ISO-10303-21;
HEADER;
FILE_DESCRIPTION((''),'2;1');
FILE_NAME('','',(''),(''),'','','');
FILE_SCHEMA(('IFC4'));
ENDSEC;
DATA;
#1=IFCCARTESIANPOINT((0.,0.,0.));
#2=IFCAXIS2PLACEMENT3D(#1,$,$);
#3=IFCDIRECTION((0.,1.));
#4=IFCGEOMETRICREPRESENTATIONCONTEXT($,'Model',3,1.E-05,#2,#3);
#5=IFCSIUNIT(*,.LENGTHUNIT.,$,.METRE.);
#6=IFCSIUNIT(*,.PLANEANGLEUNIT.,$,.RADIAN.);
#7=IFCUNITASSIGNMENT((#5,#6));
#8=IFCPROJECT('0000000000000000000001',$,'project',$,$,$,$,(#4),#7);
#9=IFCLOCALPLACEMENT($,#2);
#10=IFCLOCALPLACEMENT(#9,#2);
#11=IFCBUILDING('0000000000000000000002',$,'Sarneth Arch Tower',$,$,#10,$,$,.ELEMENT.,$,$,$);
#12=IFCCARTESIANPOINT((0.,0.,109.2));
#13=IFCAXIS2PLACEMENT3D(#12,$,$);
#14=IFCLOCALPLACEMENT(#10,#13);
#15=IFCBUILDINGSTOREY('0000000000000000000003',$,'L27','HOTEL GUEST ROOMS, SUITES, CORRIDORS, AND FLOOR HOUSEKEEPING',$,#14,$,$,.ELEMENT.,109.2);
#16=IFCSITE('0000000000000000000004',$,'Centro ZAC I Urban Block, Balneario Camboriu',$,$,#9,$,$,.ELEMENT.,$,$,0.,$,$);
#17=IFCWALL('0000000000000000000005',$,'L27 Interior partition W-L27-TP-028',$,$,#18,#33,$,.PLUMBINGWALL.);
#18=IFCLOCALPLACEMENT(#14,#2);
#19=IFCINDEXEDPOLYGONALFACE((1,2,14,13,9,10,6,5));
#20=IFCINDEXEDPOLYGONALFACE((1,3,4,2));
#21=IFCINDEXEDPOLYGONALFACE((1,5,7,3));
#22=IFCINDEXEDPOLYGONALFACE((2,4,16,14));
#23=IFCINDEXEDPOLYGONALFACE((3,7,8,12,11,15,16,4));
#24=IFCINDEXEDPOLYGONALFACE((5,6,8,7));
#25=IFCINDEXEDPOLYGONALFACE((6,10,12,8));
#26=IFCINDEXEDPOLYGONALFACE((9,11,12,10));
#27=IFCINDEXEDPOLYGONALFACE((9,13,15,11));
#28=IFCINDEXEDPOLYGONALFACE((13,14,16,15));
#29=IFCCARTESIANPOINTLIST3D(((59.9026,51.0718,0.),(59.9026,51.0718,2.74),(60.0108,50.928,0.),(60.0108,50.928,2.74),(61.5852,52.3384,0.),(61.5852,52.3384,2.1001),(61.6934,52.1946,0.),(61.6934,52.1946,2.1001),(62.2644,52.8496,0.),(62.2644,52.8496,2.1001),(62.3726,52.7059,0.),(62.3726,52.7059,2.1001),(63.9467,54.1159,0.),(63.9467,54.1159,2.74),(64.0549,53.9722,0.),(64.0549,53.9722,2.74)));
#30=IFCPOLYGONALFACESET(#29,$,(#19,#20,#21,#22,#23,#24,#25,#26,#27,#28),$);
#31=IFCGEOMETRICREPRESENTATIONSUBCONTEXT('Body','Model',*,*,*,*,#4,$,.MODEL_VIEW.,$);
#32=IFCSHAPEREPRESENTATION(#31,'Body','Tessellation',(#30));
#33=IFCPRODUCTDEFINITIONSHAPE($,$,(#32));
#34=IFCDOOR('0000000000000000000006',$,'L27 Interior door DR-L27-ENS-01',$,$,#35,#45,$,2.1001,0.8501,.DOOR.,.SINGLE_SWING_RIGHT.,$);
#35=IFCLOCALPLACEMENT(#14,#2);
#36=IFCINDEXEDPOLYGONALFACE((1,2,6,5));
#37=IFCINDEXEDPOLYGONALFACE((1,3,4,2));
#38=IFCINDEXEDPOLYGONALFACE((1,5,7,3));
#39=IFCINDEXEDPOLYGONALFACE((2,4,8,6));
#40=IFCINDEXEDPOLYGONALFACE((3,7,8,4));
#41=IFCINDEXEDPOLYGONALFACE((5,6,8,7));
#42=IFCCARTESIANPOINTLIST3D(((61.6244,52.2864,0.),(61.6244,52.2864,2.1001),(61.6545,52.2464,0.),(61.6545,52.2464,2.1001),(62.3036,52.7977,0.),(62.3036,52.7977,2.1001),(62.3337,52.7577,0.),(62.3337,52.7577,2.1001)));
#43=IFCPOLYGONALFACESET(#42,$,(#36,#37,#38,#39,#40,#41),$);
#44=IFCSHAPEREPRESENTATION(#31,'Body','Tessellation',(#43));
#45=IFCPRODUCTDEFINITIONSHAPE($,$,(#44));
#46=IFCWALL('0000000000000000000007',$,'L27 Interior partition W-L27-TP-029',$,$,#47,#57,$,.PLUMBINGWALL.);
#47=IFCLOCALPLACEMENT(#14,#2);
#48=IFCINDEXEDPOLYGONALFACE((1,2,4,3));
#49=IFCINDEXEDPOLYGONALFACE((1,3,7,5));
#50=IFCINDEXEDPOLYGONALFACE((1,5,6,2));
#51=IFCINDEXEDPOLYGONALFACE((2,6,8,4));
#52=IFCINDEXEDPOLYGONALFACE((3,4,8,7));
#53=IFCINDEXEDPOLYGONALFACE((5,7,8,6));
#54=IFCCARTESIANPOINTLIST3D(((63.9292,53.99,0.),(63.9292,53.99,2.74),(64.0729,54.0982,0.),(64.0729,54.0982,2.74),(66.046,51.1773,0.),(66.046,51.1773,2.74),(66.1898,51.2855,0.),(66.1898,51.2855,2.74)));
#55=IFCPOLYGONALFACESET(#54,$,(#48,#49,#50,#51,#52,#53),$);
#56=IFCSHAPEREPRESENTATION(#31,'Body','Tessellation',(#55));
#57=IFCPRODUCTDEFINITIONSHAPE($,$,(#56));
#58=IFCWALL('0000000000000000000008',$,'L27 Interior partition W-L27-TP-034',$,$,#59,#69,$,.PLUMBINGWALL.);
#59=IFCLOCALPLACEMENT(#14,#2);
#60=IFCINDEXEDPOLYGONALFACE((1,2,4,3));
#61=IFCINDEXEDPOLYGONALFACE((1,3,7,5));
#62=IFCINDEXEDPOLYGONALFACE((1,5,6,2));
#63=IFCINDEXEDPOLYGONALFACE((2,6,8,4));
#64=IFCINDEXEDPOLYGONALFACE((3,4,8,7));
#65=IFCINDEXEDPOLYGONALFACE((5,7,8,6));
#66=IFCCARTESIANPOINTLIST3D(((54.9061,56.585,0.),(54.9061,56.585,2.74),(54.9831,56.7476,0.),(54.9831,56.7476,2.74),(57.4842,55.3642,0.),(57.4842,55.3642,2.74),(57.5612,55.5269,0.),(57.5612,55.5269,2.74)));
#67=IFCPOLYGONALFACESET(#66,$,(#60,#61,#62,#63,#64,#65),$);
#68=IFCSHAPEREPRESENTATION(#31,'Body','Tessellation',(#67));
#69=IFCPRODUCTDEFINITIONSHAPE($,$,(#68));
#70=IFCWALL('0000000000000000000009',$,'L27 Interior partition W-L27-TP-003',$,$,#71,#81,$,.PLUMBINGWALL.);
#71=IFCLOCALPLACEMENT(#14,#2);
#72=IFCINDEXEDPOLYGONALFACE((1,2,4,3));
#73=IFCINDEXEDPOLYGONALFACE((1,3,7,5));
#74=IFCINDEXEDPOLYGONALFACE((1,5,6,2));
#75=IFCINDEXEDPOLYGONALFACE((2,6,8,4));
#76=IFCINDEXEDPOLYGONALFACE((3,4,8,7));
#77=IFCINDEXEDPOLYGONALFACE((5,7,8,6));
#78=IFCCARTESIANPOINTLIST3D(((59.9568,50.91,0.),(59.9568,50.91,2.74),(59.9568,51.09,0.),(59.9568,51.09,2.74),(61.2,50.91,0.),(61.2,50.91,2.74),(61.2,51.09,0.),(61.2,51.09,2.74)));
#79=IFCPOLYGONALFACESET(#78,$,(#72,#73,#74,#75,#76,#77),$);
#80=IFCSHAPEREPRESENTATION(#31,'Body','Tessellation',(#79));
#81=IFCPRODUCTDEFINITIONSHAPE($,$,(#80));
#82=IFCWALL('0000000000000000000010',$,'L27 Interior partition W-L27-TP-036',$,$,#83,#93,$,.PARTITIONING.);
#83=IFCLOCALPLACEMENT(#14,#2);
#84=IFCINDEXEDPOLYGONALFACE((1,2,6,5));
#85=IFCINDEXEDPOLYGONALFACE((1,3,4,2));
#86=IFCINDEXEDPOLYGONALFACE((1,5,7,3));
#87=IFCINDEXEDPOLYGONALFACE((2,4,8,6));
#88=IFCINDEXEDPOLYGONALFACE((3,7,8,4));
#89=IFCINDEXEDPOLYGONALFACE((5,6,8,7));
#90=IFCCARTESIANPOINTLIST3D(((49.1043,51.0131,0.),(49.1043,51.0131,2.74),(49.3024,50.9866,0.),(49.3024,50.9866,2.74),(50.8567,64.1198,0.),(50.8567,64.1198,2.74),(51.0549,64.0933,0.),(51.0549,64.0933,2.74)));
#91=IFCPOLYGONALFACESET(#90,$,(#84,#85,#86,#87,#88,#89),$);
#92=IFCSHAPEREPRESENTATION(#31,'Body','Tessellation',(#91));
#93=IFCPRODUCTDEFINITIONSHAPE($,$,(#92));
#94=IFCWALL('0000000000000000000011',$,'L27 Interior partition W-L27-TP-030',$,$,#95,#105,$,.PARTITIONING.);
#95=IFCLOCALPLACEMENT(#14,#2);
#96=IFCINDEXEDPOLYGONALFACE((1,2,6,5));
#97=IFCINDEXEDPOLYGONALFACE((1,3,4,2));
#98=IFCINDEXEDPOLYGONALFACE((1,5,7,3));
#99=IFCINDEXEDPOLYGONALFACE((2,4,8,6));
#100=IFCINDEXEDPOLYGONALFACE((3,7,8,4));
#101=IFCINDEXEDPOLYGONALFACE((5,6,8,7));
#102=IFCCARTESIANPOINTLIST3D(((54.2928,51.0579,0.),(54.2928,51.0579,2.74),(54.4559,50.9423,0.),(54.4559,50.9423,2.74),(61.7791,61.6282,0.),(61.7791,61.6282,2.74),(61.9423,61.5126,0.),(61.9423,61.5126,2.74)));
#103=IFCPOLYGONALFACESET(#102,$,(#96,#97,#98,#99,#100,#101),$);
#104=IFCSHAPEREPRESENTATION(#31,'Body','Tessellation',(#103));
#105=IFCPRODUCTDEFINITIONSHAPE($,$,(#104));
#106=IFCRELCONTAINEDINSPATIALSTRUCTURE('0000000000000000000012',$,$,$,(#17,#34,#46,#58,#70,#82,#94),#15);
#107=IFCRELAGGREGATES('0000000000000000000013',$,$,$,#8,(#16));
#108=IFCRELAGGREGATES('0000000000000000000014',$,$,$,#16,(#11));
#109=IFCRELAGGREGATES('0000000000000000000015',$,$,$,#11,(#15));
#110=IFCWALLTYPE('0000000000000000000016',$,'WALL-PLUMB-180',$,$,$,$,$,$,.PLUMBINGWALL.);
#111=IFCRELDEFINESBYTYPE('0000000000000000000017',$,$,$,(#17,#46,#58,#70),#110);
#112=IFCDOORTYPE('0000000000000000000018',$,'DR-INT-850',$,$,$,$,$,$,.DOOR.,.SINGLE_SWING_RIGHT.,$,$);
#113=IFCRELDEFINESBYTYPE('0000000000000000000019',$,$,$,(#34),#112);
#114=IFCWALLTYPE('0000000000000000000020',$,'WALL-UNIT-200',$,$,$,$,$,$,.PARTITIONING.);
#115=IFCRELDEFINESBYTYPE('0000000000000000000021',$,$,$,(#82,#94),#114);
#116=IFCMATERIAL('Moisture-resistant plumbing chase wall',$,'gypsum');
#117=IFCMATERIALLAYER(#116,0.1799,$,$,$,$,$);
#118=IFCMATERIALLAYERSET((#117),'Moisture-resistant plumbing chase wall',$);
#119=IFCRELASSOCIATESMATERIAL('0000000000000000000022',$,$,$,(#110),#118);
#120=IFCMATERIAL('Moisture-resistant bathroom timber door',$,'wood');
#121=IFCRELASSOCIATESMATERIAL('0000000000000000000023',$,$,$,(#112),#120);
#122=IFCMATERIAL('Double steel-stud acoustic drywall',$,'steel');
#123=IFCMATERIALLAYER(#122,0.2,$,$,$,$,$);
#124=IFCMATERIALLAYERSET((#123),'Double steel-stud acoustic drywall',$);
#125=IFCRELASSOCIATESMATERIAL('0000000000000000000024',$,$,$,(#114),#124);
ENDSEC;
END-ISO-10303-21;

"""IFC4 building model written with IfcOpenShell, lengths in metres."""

from ifc_helpers import new_model, si_unit, direction, frame, frame_2d, origin, place, context, subcontext, project, spatial, rectangle, extrude, material, layer, layer_set, type_object, element, fill, save


model = new_model("IFC4")

# Units and contexts
model_context = context("Model", 3, precision=1e-05, world=origin(), true_north=direction((0.0, 1.0)))
body_context = subcontext(model_context, "Body", "Model", "MODEL_VIEW")
ifc_project = project(units=[si_unit("LENGTHUNIT", "METRE"), si_unit("PLANEANGLEUNIT", "RADIAN")], contexts=[model_context])

# Site, building, storey
site_placement = place(None, origin())
site = spatial("IfcSite", under=ifc_project, at=site_placement, Name="Centro ZAC I Urban Block, Balneario Camboriu", CompositionType="ELEMENT", RefElevation=0.0)
building_placement = place(site_placement, origin())
building = spatial("IfcBuilding", under=site, at=building_placement, Name="Sarneth Arch Tower", CompositionType="ELEMENT")
storey_placement = place(building_placement, frame((0.0, 0.0, 109.2)))
storey = spatial("IfcBuildingStorey", under=building, at=storey_placement, Name="L27", Description="HOTEL GUEST ROOMS, SUITES, CORRIDORS, AND FLOOR HOUSEKEEPING", CompositionType="ELEMENT", Elevation=109.2)

# Shared definitions
ifc_material_1 = material(Name="Moisture-resistant plumbing chase wall", Category="gypsum")
ifc_layer_1 = layer(ifc_material_1, 0.1799)
ifc_layer_set_1 = layer_set([ifc_layer_1], Name="Moisture-resistant plumbing chase wall")
wall_type_1 = type_object("IfcWallType", Name="WALL-PLUMB-180", PredefinedType="PLUMBINGWALL", material=ifc_layer_set_1)
ifc_material_2 = material(Name="Moisture-resistant bathroom timber door", Category="wood")
door_type_1 = type_object("IfcDoorType", Name="DR-INT-850", OperationType="SINGLE_SWING_RIGHT", PredefinedType="DOOR", material=ifc_material_2)

# Wall, opening, door
wall_1_placement = place(storey_placement, frame((59.9568, 51.0, 0.0), z_axis=(0.0, 0.0, 1.0), x_axis=(0.798951, 0.601396, 0.0)))
wall_1 = element("IfcWall", 1, at=wall_1_placement, inside=storey, type_object=wall_type_1, Name="L27 Interior partition W-L27-TP-028", PredefinedType="PLUMBINGWALL", context=body_context, shape_type="SweptSolid", body=[
    extrude(rectangle(XDim=5.0618, YDim=0.1799, at=frame_2d((2.5308, 0.0))), origin(), (0.0, 0.0, 1.0), 2.74),
])
opening_1_placement = place(wall_1_placement, frame((2.106, 0.0, 0.0)))
opening_1 = element("IfcOpeningElement", 2, at=opening_1_placement, cuts=wall_1, PredefinedType="OPENING", context=body_context, shape_type="SweptSolid", body=[
    extrude(rectangle(XDim=0.8501, YDim=2.1001, at=frame_2d((0.425, 1.05))), frame((0.0, 0.0999, 0.0), z_axis=(0.0, -1.0, 0.0), x_axis=(1.0, 0.0, 0.0)), (0.0, 0.0, 1.0), 0.2),
])
door_1_placement = place(opening_1_placement, origin())
door_1 = element("IfcDoor", 3, at=door_1_placement, inside=storey, type_object=door_type_1, Name="L27 Interior door DR-L27-ENS-01", OperationType="SINGLE_SWING_RIGHT", OverallHeight=2.1001, OverallWidth=0.8501, PredefinedType="DOOR", context=body_context, shape_type="SweptSolid", body=[
    extrude(rectangle(XDim=0.8501, YDim=2.1001, at=frame_2d((0.425, 1.05))), frame((0.0, 0.0249, 0.0), z_axis=(0.0, -1.0, 0.0), x_axis=(1.0, 0.0, 0.0)), (0.0, 0.0, 1.0), 0.05),
])
fill(opening_1, door_1)

# Walls
wall_2_placement = place(storey_placement, frame((64.001, 54.0442, 0.0), z_axis=(0.0, 0.0, 1.0), x_axis=(0.601342, -0.798992, 0.0)))
element("IfcWall", 4, at=wall_2_placement, inside=storey, type_object=wall_type_1, Name="L27 Interior partition W-L27-TP-029", PredefinedType="PLUMBINGWALL", context=body_context, shape_type="SweptSolid", body=[
    extrude(rectangle(XDim=3.5203, YDim=0.1799, at=frame_2d((1.7603, 0.0))), origin(), (0.0, 0.0, 1.0), 2.74),
])
wall_3_placement = place(storey_placement, frame((57.5227, 55.4456, 0.0), z_axis=(0.0, 0.0, 1.0), x_axis=(-0.903808, 0.427939, 0.0)))
element("IfcWall", 5, at=wall_3_placement, inside=storey, type_object=wall_type_1, Name="L27 Interior partition W-L27-TP-034", PredefinedType="PLUMBINGWALL", context=body_context, shape_type="SweptSolid", body=[
    extrude(rectangle(XDim=2.8525, YDim=0.1799, at=frame_2d((1.4263, 0.0))), origin(), (0.0, 0.0, 1.0), 2.74),
])
wall_4_placement = place(storey_placement, frame((61.2, 51.0, 0.0), z_axis=(0.0, 0.0, 1.0), x_axis=(-1.0, 0.0, 0.0)))
element("IfcWall", 6, at=wall_4_placement, inside=storey, type_object=wall_type_1, Name="L27 Interior partition W-L27-TP-003", PredefinedType="PLUMBINGWALL", context=body_context, shape_type="SweptSolid", body=[
    extrude(rectangle(XDim=1.2432, YDim=0.1799, at=frame_2d((0.6216, 0.0))), origin(), (0.0, 0.0, 1.0), 2.74),
])
ifc_material_3 = material(Name="Double steel-stud acoustic drywall", Category="steel")
ifc_layer_2 = layer(ifc_material_3, 0.2)
ifc_layer_set_2 = layer_set([ifc_layer_2], Name="Double steel-stud acoustic drywall")
wall_type_2 = type_object("IfcWallType", Name="WALL-UNIT-200", PredefinedType="PARTITIONING", material=ifc_layer_set_2)
wall_5_placement = place(storey_placement, frame((50.9558, 64.1067, 0.0), z_axis=(0.0, 0.0, 1.0), x_axis=(-0.132527, -0.991179, 0.0)))
element("IfcWall", 7, at=wall_5_placement, inside=storey, type_object=wall_type_2, Name="L27 Interior partition W-L27-TP-036", PredefinedType="PARTITIONING", context=body_context, shape_type="SweptSolid", body=[
    extrude(rectangle(XDim=13.2234, YDim=0.2, at=frame_2d((6.6118, 0.0))), origin(), (0.0, 0.0, 1.0), 2.74),
])
wall_6_placement = place(storey_placement, frame((54.3743, 51.0, 0.0), z_axis=(0.0, 0.0, 1.0), x_axis=(0.577967, 0.81606, 0.0)))
element("IfcWall", 8, at=wall_6_placement, inside=storey, type_object=wall_type_2, Name="L27 Interior partition W-L27-TP-030", PredefinedType="PARTITIONING", context=body_context, shape_type="SweptSolid", body=[
    extrude(rectangle(XDim=12.9529, YDim=0.2, at=frame_2d((6.4766, 0.0))), origin(), (0.0, 0.0, 1.0), 2.74),
])

save(model, "model.ifc")
